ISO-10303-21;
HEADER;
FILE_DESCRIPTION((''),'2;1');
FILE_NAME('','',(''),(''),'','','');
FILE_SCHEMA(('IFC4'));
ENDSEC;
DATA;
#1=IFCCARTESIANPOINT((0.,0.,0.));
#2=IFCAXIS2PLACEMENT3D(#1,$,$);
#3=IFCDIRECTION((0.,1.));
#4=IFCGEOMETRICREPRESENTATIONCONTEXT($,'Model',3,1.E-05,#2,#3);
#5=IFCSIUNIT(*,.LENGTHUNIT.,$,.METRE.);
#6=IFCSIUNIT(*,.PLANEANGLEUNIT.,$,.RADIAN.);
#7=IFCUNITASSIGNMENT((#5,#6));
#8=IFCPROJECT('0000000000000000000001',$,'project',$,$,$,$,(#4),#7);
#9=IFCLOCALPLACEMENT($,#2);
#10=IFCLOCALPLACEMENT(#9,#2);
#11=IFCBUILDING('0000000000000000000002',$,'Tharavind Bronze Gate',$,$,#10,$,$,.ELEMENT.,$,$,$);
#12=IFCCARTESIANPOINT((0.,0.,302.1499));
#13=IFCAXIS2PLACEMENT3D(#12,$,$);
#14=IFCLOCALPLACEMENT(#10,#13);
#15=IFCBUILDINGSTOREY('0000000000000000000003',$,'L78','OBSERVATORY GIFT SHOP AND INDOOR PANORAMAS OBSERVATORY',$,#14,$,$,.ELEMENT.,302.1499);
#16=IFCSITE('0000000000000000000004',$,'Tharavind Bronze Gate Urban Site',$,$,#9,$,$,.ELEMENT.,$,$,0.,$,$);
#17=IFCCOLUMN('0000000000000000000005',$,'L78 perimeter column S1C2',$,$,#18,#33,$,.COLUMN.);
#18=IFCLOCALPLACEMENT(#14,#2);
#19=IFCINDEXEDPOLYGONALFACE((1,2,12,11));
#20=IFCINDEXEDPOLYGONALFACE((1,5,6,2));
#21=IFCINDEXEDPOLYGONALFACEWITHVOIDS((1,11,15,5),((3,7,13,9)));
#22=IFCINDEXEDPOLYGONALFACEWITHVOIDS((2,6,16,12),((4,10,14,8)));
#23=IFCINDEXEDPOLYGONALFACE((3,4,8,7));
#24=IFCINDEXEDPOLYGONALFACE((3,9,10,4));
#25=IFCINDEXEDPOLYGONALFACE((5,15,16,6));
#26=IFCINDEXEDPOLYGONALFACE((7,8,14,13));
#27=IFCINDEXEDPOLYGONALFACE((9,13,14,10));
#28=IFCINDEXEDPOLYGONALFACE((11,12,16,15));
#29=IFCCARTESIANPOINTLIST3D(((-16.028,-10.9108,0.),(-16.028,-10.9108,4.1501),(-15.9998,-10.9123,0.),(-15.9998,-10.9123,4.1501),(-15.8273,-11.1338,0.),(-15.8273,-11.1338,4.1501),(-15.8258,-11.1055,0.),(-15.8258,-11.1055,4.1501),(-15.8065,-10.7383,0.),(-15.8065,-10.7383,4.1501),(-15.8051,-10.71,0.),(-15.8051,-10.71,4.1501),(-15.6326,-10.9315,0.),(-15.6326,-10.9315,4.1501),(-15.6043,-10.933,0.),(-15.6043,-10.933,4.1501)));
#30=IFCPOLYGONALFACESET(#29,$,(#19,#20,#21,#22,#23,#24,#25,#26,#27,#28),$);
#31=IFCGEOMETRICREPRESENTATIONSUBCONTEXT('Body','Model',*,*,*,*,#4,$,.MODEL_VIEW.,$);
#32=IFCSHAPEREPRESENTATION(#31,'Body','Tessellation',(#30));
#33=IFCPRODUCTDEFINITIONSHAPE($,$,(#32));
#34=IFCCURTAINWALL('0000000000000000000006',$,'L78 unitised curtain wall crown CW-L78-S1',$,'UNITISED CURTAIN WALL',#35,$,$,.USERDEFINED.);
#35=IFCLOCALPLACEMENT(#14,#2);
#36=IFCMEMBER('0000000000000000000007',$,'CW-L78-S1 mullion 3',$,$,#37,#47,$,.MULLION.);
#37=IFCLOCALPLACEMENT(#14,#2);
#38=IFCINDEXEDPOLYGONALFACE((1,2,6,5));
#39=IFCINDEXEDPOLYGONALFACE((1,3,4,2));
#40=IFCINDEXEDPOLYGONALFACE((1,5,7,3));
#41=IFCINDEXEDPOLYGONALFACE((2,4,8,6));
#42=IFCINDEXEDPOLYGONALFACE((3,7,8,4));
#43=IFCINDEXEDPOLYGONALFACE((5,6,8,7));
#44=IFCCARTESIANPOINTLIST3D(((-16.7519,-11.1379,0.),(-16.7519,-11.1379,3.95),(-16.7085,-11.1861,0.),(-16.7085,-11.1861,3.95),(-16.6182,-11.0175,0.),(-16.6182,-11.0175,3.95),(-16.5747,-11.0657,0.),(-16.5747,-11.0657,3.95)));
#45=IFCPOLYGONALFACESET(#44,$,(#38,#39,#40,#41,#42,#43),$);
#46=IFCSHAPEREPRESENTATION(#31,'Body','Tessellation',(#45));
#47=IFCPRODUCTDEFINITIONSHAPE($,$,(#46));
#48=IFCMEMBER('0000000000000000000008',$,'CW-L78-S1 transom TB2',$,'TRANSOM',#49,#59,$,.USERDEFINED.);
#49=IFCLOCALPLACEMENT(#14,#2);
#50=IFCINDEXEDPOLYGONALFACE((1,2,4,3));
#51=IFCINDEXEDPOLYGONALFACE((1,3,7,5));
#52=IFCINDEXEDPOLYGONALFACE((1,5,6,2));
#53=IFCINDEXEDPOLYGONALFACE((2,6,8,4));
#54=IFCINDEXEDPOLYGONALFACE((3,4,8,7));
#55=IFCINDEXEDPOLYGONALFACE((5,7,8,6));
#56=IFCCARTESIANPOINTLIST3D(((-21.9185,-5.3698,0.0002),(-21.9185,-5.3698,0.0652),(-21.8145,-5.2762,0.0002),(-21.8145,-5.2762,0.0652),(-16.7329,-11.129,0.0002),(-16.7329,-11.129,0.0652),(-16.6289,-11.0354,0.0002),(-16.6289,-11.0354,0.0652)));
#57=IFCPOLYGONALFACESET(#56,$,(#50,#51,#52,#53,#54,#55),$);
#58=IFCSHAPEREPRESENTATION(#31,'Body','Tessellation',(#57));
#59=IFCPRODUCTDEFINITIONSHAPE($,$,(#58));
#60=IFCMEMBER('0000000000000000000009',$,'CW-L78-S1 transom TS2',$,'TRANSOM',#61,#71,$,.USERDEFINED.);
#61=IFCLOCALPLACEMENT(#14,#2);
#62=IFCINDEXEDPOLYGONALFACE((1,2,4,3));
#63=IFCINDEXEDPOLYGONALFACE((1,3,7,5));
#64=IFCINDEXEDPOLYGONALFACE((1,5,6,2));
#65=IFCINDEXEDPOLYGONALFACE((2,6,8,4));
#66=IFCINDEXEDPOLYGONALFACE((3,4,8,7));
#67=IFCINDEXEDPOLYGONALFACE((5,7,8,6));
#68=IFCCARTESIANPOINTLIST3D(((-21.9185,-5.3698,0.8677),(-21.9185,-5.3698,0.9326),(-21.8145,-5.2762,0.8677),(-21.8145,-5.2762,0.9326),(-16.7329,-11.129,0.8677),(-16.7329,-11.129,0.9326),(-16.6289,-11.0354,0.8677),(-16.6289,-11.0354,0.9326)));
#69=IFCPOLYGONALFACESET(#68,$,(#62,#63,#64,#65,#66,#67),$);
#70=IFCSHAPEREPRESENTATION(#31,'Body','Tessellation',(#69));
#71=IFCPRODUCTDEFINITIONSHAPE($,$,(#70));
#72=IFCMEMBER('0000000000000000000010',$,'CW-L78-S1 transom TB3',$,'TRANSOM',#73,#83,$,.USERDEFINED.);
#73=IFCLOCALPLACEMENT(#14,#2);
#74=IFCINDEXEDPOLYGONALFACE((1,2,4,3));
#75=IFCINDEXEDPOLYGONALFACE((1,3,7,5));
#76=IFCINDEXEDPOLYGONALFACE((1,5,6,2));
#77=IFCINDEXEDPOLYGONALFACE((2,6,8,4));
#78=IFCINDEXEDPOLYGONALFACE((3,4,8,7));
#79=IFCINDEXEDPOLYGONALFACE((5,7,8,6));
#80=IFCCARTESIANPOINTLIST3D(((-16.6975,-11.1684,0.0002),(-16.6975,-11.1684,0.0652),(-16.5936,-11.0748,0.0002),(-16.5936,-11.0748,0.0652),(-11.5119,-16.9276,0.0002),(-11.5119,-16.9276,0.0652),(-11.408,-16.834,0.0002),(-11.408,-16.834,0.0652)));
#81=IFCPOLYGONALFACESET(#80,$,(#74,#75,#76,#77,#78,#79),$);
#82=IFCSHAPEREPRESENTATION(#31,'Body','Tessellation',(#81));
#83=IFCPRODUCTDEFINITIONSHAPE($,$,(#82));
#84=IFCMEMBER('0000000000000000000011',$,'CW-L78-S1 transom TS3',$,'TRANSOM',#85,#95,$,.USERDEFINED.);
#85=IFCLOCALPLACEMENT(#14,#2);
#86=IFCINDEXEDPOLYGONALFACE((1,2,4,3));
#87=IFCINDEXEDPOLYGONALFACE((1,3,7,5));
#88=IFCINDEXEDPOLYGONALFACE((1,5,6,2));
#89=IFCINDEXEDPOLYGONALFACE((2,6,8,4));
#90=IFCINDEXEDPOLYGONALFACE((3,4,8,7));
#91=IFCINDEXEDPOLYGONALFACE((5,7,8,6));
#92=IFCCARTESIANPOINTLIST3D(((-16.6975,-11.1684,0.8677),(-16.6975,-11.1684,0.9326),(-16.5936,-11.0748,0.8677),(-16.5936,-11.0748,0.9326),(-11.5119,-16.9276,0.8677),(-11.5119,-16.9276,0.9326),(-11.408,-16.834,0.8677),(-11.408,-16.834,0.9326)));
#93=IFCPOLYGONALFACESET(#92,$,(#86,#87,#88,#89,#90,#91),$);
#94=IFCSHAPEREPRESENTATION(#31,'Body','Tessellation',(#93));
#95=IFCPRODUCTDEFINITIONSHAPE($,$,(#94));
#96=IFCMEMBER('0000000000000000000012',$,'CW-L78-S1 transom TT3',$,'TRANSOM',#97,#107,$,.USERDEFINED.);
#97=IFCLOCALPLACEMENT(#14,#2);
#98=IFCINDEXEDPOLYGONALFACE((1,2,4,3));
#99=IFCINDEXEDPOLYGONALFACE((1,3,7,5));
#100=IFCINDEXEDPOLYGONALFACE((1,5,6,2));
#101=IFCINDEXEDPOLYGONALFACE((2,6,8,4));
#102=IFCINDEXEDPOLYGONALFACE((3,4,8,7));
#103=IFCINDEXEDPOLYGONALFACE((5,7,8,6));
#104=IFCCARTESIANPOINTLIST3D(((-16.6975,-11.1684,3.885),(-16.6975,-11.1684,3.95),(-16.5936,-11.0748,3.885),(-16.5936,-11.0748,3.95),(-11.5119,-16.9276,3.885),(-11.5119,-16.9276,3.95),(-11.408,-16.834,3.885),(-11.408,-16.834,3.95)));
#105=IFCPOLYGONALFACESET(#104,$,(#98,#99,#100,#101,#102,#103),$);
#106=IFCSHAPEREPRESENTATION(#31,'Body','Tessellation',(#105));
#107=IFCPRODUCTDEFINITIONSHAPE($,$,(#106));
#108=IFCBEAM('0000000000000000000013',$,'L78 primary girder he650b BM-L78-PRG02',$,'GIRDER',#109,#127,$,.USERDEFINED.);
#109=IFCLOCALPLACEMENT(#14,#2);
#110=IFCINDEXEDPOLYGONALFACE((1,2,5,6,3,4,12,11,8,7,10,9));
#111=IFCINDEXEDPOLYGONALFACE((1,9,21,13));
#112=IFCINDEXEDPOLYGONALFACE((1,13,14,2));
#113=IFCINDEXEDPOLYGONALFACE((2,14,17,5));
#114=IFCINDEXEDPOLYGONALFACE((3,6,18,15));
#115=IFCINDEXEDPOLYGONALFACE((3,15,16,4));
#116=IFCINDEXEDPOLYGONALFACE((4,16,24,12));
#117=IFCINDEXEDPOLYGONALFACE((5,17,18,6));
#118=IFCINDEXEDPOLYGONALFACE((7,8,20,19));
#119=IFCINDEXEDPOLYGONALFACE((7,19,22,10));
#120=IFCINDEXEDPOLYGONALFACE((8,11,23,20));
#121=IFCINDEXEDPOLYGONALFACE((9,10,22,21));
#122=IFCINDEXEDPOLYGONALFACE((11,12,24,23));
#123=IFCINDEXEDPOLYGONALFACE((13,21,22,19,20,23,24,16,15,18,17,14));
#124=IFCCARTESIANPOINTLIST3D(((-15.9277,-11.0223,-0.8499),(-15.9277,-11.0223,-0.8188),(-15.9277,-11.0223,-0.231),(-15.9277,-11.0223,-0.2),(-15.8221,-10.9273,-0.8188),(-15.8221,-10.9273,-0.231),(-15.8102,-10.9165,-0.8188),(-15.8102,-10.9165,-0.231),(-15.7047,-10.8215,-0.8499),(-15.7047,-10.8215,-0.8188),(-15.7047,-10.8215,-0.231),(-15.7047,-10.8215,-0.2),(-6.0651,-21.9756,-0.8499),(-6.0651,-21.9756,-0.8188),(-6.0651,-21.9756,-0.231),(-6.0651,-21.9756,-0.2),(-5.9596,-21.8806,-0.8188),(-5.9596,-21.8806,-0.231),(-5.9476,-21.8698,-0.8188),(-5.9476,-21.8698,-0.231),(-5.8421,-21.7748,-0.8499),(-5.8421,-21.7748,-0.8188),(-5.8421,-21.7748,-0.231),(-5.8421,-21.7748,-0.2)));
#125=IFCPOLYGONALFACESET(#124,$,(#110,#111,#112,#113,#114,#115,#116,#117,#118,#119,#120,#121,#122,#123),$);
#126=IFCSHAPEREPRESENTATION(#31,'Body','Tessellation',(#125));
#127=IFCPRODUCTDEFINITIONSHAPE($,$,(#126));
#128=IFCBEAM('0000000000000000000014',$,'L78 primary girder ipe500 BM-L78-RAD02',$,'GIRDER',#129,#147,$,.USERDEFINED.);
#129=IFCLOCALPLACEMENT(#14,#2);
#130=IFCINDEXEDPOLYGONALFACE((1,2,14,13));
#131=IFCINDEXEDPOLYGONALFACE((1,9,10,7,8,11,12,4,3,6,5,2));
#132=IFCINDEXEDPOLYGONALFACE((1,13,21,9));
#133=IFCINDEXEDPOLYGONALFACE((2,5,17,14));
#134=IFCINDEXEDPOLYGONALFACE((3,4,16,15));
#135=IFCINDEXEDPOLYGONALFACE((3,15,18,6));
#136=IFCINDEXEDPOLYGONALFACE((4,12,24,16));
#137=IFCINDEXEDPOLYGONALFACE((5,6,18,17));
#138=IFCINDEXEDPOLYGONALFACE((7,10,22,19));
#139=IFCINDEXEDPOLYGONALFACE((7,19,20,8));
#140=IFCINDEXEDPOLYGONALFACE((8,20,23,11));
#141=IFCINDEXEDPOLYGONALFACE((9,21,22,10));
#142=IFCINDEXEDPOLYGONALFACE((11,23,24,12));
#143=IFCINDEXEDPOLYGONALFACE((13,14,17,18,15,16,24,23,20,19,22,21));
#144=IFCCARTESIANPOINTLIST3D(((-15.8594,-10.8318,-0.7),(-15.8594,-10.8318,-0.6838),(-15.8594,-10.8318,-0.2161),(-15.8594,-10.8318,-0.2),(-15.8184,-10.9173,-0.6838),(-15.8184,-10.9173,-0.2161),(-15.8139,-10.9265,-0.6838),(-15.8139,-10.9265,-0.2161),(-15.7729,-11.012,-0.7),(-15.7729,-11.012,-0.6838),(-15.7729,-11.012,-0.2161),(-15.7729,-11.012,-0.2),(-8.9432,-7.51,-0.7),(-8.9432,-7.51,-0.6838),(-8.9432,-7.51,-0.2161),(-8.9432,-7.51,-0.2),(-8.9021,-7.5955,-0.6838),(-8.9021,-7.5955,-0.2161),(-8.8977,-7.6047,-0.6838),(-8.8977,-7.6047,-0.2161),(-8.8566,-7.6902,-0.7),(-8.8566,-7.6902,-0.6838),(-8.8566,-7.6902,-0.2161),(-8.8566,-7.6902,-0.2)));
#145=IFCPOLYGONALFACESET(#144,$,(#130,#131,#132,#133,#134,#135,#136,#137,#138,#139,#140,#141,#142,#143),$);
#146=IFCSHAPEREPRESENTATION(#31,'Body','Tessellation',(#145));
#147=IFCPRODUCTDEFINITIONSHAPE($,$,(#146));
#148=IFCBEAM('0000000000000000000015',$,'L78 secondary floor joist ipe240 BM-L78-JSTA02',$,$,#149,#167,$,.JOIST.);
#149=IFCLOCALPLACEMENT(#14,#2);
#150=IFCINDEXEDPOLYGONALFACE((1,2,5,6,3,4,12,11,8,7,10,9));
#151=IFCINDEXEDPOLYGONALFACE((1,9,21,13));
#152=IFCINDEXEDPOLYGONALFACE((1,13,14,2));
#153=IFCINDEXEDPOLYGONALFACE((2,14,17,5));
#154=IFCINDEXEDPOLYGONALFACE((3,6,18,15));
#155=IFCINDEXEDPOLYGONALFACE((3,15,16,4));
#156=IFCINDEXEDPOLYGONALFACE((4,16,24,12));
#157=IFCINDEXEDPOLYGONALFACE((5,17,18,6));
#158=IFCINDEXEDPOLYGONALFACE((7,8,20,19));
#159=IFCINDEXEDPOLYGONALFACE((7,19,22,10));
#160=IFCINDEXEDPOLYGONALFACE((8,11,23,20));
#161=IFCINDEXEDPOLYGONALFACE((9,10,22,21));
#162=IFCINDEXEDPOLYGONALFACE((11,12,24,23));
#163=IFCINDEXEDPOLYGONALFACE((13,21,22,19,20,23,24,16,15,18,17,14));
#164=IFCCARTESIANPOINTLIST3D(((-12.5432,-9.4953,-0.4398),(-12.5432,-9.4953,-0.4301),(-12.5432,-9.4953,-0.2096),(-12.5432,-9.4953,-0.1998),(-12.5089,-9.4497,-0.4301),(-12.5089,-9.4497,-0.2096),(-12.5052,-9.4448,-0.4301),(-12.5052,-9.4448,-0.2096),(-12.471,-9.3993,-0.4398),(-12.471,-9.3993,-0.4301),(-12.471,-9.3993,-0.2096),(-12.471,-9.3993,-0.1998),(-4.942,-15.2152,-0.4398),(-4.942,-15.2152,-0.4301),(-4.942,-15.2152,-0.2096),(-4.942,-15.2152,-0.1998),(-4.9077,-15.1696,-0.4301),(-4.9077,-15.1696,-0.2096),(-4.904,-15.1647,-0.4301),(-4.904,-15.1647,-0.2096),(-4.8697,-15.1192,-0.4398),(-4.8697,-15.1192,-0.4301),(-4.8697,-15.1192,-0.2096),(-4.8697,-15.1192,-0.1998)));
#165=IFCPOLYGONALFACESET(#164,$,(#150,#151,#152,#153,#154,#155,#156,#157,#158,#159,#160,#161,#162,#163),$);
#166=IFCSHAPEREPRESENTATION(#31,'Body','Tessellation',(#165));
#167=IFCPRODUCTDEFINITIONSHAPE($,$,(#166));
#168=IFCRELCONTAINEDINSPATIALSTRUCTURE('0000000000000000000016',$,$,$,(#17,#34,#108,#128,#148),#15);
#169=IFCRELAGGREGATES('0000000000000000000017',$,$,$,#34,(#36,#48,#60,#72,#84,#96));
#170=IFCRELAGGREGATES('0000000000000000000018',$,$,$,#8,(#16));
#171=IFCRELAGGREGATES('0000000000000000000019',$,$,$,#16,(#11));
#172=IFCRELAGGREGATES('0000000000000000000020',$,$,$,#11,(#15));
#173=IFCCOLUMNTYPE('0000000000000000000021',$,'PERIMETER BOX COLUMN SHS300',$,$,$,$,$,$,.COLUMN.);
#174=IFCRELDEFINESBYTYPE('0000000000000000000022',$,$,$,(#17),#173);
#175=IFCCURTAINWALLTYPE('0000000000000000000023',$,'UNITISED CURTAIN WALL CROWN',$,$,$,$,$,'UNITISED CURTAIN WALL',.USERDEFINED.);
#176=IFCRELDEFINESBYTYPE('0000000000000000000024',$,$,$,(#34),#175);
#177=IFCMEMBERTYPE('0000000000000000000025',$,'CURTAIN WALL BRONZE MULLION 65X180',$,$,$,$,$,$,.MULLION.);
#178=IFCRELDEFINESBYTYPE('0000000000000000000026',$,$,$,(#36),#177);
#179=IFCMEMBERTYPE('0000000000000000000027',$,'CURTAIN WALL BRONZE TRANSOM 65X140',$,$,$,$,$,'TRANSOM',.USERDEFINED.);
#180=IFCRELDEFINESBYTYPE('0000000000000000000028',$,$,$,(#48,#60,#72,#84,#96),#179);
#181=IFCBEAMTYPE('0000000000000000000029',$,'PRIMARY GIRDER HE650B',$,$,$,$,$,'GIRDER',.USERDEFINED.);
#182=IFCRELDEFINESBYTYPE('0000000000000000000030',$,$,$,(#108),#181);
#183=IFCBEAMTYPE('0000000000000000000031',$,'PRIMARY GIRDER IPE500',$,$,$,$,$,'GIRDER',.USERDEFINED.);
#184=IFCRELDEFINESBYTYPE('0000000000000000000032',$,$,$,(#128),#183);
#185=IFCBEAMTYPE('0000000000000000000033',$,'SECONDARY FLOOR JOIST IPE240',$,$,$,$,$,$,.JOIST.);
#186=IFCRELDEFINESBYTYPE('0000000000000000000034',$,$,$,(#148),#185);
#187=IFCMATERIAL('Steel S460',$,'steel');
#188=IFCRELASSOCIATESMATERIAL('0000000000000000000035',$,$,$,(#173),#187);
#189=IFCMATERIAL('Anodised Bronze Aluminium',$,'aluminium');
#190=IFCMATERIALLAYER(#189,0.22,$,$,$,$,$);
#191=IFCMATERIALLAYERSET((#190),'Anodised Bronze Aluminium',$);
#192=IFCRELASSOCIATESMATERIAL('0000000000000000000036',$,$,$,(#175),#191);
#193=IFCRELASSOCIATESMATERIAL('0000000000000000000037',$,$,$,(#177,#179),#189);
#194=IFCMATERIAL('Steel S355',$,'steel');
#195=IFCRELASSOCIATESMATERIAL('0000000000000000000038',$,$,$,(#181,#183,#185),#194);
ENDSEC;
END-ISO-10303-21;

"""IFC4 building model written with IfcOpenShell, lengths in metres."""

from ifc_helpers import new_model, si_unit, direction, frame, origin, origin_2d, place, context, subcontext, project, spatial, rectangle, hollow_rectangle, i_section, extrude, material, layer, layer_set, material_profile, profile_set, type_object, element, aggregate, save


model = new_model("IFC4")

# Units and contexts
model_context = context("Model", 3, precision=1e-05, world=origin(), true_north=direction((0.0, 1.0)))
body_context = subcontext(model_context, "Body", "Model", "MODEL_VIEW")
ifc_project = project(units=[si_unit("LENGTHUNIT", "METRE"), si_unit("PLANEANGLEUNIT", "RADIAN")], contexts=[model_context])

# Site, building, storey
site_placement = place(None, origin())
site = spatial("IfcSite", under=ifc_project, at=site_placement, Name="Tharavind Bronze Gate Urban Site", CompositionType="ELEMENT", RefElevation=0.0)
building_placement = place(site_placement, origin())
building = spatial("IfcBuilding", under=site, at=building_placement, Name="Tharavind Bronze Gate", CompositionType="ELEMENT")
storey_placement = place(building_placement, frame((0.0, 0.0, 302.1499)))
storey = spatial("IfcBuildingStorey", under=building, at=storey_placement, Name="L78", Description="OBSERVATORY GIFT SHOP AND INDOOR PANORAMAS OBSERVATORY", CompositionType="ELEMENT", Elevation=302.1499)

# Column
ifc_material_1 = material(Name="Steel S460", Category="steel")
ifc_material_profile_1 = material_profile(ifc_material_1, hollow_rectangle(XDim=0.3, YDim=0.3, WallThickness=0.02, at=origin_2d()), Name="SHS300X20")
ifc_profile_set_1 = profile_set([ifc_material_profile_1], Name="Steel S460")
column_type = type_object("IfcColumnType", Name="PERIMETER BOX COLUMN SHS300", PredefinedType="COLUMN", material=ifc_profile_set_1)
column_placement = place(storey_placement, frame((-15.8162, -10.9219, 0.0), z_axis=(0.0, 0.0, 1.0), x_axis=(-0.669131, 0.743145, 0.0)))
element("IfcColumn", 1, at=column_placement, inside=storey, type_object=column_type, Name="L78 perimeter column S1C2", PredefinedType="COLUMN", context=body_context, shape_type="SweptSolid", body=[
    extrude(hollow_rectangle(XDim=0.3, YDim=0.3, WallThickness=0.02, at=origin_2d()), origin(), (0.0, 0.0, 1.0), 4.1501),
])

# Curtain wall, members
ifc_material_2 = material(Name="Anodised Bronze Aluminium", Category="aluminium")
ifc_layer_1 = layer(ifc_material_2, 0.22)
ifc_layer_set_1 = layer_set([ifc_layer_1], Name="Anodised Bronze Aluminium")
curtain_wall_type = type_object("IfcCurtainWallType", Name="UNITISED CURTAIN WALL CROWN", ElementType="UNITISED CURTAIN WALL", PredefinedType="USERDEFINED", material=ifc_layer_set_1)
curtain_wall_placement = place(storey_placement, origin())
curtain_wall = element("IfcCurtainWall", 2, at=curtain_wall_placement, inside=storey, type_object=curtain_wall_type, Name="L78 unitised curtain wall crown CW-L78-S1", ObjectType="UNITISED CURTAIN WALL", PredefinedType="USERDEFINED")
member_type_1 = type_object("IfcMemberType", Name="CURTAIN WALL BRONZE MULLION 65X180", PredefinedType="MULLION", material=ifc_material_2)
member_1_placement = place(storey_placement, frame((-16.6633, -11.1018, 0.0), z_axis=(0.0, 0.0, 1.0), x_axis=(0.669131, -0.743145, 0.0)))
member_1 = element("IfcMember", 3, at=member_1_placement, type_object=member_type_1, Name="CW-L78-S1 mullion 3", PredefinedType="MULLION", context=body_context, shape_type="SweptSolid", body=[
    extrude(rectangle(XDim=0.0649, YDim=0.1799, at=origin_2d()), origin(), (0.0, 0.0, 1.0), 3.95),
])
member_type_2 = type_object("IfcMemberType", Name="CURTAIN WALL BRONZE TRANSOM 65X140", ElementType="TRANSOM", PredefinedType="USERDEFINED", material=ifc_material_2)
member_2_placement = place(storey_placement, frame((-19.2737, -8.2026, 0.0002), z_axis=(0.0, 0.0, 1.0), x_axis=(0.669131, -0.743145, 0.0)))
member_2 = element("IfcMember", 4, at=member_2_placement, type_object=member_type_2, Name="CW-L78-S1 transom TB2", ObjectType="TRANSOM", PredefinedType="USERDEFINED", context=body_context, shape_type="SweptSolid", body=[
    extrude(rectangle(XDim=7.7498, YDim=0.1399, at=origin_2d()), origin(), (0.0, 0.0, 1.0), 0.0649),
])
member_3_placement = place(storey_placement, frame((-19.2737, -8.2026, 0.8677), z_axis=(0.0, 0.0, 1.0), x_axis=(0.669131, -0.743145, 0.0)))
member_3 = element("IfcMember", 5, at=member_3_placement, type_object=member_type_2, Name="CW-L78-S1 transom TS2", ObjectType="TRANSOM", PredefinedType="USERDEFINED", context=body_context, shape_type="SweptSolid", body=[
    extrude(rectangle(XDim=7.7498, YDim=0.1399, at=origin_2d()), origin(), (0.0, 0.0, 1.0), 0.0649),
])
member_4_placement = place(storey_placement, frame((-14.0527, -14.0012, 0.0002), z_axis=(0.0, 0.0, 1.0), x_axis=(0.669131, -0.743145, 0.0)))
member_4 = element("IfcMember", 6, at=member_4_placement, type_object=member_type_2, Name="CW-L78-S1 transom TB3", ObjectType="TRANSOM", PredefinedType="USERDEFINED", context=body_context, shape_type="SweptSolid", body=[
    extrude(rectangle(XDim=7.7498, YDim=0.1399, at=origin_2d()), origin(), (0.0, 0.0, 1.0), 0.0649),
])
member_5_placement = place(storey_placement, frame((-14.0527, -14.0012, 0.8677), z_axis=(0.0, 0.0, 1.0), x_axis=(0.669131, -0.743145, 0.0)))
member_5 = element("IfcMember", 7, at=member_5_placement, type_object=member_type_2, Name="CW-L78-S1 transom TS3", ObjectType="TRANSOM", PredefinedType="USERDEFINED", context=body_context, shape_type="SweptSolid", body=[
    extrude(rectangle(XDim=7.7498, YDim=0.1399, at=origin_2d()), origin(), (0.0, 0.0, 1.0), 0.0649),
])
member_6_placement = place(storey_placement, frame((-14.0527, -14.0012, 3.885), z_axis=(0.0, 0.0, 1.0), x_axis=(0.669131, -0.743145, 0.0)))
member_6 = element("IfcMember", 8, at=member_6_placement, type_object=member_type_2, Name="CW-L78-S1 transom TT3", ObjectType="TRANSOM", PredefinedType="USERDEFINED", context=body_context, shape_type="SweptSolid", body=[
    extrude(rectangle(XDim=7.7498, YDim=0.1399, at=origin_2d()), origin(), (0.0, 0.0, 1.0), 0.0649),
])

# Beams
ifc_material_3 = material(Name="Steel S355", Category="steel")
ifc_material_profile_2 = material_profile(ifc_material_3, i_section(OverallWidth=0.3, OverallDepth=0.6499, WebThickness=0.0161, FlangeThickness=0.031, at=origin_2d()), Name="HE650B")
ifc_profile_set_2 = profile_set([ifc_material_profile_2], Name="Steel S355")
beam_type_1 = type_object("IfcBeamType", Name="PRIMARY GIRDER HE650B", ElementType="GIRDER", PredefinedType="USERDEFINED", material=ifc_profile_set_2)
beam_1_placement = place(storey_placement, frame((-15.8162, -10.9219, -0.5249), z_axis=(0.669134, -0.743142, 0.0), x_axis=(0.743142, 0.669134, 0.0)))
element("IfcBeam", 9, at=beam_1_placement, inside=storey, type_object=beam_type_1, Name="L78 primary girder he650b BM-L78-PRG02", ObjectType="GIRDER", PredefinedType="USERDEFINED", context=body_context, shape_type="SweptSolid", body=[
    extrude(i_section(OverallWidth=0.3, OverallDepth=0.6499, WebThickness=0.0161, FlangeThickness=0.031, at=origin_2d()), origin(), (0.0, 0.0, 1.0), 14.7393),
])
ifc_material_profile_3 = material_profile(ifc_material_3, i_section(OverallWidth=0.2, OverallDepth=0.5, WebThickness=0.0103, FlangeThickness=0.0161, at=origin_2d()), Name="IPE500")
ifc_profile_set_3 = profile_set([ifc_material_profile_3], Name="Steel S355")
beam_type_2 = type_object("IfcBeamType", Name="PRIMARY GIRDER IPE500", ElementType="GIRDER", PredefinedType="USERDEFINED", material=ifc_profile_set_3)
beam_2_placement = place(storey_placement, frame((-15.8162, -10.9219, -0.45), z_axis=(0.901423, 0.43294, 0.0), x_axis=(-0.43294, 0.901423, 0.0)))
element("IfcBeam", 10, at=beam_2_placement, inside=storey, type_object=beam_type_2, Name="L78 primary girder ipe500 BM-L78-RAD02", ObjectType="GIRDER", PredefinedType="USERDEFINED", context=body_context, shape_type="SweptSolid", body=[
    extrude(i_section(OverallWidth=0.2, OverallDepth=0.5, WebThickness=0.0103, FlangeThickness=0.0161, at=origin_2d()), origin(), (0.0, 0.0, 1.0), 7.6726),
])
ifc_material_profile_4 = material_profile(ifc_material_3, i_section(OverallWidth=0.1201, OverallDepth=0.24, WebThickness=0.0061, FlangeThickness=0.0098, at=origin_2d()), Name="IPE240")
ifc_profile_set_4 = profile_set([ifc_material_profile_4], Name="Steel S355")
beam_type_3 = type_object("IfcBeamType", Name="SECONDARY FLOOR JOIST IPE240", PredefinedType="JOIST", material=ifc_profile_set_4)
beam_3_placement = place(storey_placement, frame((-12.5071, -9.4473, -0.3198), z_axis=(0.799041, -0.601276, 0.0), x_axis=(0.601276, 0.799041, 0.0)))
element("IfcBeam", 11, at=beam_3_placement, inside=storey, type_object=beam_type_3, Name="L78 secondary floor joist ipe240 BM-L78-JSTA02", PredefinedType="JOIST", context=body_context, shape_type="SweptSolid", body=[
    extrude(i_section(OverallWidth=0.1201, OverallDepth=0.24, WebThickness=0.0061, FlangeThickness=0.0098, at=origin_2d()), origin(), (0.0, 0.0, 1.0), 9.5129),
])

aggregate(curtain_wall, [member_1, member_2, member_3, member_4, member_5, member_6])

save(model, "model.ifc")
